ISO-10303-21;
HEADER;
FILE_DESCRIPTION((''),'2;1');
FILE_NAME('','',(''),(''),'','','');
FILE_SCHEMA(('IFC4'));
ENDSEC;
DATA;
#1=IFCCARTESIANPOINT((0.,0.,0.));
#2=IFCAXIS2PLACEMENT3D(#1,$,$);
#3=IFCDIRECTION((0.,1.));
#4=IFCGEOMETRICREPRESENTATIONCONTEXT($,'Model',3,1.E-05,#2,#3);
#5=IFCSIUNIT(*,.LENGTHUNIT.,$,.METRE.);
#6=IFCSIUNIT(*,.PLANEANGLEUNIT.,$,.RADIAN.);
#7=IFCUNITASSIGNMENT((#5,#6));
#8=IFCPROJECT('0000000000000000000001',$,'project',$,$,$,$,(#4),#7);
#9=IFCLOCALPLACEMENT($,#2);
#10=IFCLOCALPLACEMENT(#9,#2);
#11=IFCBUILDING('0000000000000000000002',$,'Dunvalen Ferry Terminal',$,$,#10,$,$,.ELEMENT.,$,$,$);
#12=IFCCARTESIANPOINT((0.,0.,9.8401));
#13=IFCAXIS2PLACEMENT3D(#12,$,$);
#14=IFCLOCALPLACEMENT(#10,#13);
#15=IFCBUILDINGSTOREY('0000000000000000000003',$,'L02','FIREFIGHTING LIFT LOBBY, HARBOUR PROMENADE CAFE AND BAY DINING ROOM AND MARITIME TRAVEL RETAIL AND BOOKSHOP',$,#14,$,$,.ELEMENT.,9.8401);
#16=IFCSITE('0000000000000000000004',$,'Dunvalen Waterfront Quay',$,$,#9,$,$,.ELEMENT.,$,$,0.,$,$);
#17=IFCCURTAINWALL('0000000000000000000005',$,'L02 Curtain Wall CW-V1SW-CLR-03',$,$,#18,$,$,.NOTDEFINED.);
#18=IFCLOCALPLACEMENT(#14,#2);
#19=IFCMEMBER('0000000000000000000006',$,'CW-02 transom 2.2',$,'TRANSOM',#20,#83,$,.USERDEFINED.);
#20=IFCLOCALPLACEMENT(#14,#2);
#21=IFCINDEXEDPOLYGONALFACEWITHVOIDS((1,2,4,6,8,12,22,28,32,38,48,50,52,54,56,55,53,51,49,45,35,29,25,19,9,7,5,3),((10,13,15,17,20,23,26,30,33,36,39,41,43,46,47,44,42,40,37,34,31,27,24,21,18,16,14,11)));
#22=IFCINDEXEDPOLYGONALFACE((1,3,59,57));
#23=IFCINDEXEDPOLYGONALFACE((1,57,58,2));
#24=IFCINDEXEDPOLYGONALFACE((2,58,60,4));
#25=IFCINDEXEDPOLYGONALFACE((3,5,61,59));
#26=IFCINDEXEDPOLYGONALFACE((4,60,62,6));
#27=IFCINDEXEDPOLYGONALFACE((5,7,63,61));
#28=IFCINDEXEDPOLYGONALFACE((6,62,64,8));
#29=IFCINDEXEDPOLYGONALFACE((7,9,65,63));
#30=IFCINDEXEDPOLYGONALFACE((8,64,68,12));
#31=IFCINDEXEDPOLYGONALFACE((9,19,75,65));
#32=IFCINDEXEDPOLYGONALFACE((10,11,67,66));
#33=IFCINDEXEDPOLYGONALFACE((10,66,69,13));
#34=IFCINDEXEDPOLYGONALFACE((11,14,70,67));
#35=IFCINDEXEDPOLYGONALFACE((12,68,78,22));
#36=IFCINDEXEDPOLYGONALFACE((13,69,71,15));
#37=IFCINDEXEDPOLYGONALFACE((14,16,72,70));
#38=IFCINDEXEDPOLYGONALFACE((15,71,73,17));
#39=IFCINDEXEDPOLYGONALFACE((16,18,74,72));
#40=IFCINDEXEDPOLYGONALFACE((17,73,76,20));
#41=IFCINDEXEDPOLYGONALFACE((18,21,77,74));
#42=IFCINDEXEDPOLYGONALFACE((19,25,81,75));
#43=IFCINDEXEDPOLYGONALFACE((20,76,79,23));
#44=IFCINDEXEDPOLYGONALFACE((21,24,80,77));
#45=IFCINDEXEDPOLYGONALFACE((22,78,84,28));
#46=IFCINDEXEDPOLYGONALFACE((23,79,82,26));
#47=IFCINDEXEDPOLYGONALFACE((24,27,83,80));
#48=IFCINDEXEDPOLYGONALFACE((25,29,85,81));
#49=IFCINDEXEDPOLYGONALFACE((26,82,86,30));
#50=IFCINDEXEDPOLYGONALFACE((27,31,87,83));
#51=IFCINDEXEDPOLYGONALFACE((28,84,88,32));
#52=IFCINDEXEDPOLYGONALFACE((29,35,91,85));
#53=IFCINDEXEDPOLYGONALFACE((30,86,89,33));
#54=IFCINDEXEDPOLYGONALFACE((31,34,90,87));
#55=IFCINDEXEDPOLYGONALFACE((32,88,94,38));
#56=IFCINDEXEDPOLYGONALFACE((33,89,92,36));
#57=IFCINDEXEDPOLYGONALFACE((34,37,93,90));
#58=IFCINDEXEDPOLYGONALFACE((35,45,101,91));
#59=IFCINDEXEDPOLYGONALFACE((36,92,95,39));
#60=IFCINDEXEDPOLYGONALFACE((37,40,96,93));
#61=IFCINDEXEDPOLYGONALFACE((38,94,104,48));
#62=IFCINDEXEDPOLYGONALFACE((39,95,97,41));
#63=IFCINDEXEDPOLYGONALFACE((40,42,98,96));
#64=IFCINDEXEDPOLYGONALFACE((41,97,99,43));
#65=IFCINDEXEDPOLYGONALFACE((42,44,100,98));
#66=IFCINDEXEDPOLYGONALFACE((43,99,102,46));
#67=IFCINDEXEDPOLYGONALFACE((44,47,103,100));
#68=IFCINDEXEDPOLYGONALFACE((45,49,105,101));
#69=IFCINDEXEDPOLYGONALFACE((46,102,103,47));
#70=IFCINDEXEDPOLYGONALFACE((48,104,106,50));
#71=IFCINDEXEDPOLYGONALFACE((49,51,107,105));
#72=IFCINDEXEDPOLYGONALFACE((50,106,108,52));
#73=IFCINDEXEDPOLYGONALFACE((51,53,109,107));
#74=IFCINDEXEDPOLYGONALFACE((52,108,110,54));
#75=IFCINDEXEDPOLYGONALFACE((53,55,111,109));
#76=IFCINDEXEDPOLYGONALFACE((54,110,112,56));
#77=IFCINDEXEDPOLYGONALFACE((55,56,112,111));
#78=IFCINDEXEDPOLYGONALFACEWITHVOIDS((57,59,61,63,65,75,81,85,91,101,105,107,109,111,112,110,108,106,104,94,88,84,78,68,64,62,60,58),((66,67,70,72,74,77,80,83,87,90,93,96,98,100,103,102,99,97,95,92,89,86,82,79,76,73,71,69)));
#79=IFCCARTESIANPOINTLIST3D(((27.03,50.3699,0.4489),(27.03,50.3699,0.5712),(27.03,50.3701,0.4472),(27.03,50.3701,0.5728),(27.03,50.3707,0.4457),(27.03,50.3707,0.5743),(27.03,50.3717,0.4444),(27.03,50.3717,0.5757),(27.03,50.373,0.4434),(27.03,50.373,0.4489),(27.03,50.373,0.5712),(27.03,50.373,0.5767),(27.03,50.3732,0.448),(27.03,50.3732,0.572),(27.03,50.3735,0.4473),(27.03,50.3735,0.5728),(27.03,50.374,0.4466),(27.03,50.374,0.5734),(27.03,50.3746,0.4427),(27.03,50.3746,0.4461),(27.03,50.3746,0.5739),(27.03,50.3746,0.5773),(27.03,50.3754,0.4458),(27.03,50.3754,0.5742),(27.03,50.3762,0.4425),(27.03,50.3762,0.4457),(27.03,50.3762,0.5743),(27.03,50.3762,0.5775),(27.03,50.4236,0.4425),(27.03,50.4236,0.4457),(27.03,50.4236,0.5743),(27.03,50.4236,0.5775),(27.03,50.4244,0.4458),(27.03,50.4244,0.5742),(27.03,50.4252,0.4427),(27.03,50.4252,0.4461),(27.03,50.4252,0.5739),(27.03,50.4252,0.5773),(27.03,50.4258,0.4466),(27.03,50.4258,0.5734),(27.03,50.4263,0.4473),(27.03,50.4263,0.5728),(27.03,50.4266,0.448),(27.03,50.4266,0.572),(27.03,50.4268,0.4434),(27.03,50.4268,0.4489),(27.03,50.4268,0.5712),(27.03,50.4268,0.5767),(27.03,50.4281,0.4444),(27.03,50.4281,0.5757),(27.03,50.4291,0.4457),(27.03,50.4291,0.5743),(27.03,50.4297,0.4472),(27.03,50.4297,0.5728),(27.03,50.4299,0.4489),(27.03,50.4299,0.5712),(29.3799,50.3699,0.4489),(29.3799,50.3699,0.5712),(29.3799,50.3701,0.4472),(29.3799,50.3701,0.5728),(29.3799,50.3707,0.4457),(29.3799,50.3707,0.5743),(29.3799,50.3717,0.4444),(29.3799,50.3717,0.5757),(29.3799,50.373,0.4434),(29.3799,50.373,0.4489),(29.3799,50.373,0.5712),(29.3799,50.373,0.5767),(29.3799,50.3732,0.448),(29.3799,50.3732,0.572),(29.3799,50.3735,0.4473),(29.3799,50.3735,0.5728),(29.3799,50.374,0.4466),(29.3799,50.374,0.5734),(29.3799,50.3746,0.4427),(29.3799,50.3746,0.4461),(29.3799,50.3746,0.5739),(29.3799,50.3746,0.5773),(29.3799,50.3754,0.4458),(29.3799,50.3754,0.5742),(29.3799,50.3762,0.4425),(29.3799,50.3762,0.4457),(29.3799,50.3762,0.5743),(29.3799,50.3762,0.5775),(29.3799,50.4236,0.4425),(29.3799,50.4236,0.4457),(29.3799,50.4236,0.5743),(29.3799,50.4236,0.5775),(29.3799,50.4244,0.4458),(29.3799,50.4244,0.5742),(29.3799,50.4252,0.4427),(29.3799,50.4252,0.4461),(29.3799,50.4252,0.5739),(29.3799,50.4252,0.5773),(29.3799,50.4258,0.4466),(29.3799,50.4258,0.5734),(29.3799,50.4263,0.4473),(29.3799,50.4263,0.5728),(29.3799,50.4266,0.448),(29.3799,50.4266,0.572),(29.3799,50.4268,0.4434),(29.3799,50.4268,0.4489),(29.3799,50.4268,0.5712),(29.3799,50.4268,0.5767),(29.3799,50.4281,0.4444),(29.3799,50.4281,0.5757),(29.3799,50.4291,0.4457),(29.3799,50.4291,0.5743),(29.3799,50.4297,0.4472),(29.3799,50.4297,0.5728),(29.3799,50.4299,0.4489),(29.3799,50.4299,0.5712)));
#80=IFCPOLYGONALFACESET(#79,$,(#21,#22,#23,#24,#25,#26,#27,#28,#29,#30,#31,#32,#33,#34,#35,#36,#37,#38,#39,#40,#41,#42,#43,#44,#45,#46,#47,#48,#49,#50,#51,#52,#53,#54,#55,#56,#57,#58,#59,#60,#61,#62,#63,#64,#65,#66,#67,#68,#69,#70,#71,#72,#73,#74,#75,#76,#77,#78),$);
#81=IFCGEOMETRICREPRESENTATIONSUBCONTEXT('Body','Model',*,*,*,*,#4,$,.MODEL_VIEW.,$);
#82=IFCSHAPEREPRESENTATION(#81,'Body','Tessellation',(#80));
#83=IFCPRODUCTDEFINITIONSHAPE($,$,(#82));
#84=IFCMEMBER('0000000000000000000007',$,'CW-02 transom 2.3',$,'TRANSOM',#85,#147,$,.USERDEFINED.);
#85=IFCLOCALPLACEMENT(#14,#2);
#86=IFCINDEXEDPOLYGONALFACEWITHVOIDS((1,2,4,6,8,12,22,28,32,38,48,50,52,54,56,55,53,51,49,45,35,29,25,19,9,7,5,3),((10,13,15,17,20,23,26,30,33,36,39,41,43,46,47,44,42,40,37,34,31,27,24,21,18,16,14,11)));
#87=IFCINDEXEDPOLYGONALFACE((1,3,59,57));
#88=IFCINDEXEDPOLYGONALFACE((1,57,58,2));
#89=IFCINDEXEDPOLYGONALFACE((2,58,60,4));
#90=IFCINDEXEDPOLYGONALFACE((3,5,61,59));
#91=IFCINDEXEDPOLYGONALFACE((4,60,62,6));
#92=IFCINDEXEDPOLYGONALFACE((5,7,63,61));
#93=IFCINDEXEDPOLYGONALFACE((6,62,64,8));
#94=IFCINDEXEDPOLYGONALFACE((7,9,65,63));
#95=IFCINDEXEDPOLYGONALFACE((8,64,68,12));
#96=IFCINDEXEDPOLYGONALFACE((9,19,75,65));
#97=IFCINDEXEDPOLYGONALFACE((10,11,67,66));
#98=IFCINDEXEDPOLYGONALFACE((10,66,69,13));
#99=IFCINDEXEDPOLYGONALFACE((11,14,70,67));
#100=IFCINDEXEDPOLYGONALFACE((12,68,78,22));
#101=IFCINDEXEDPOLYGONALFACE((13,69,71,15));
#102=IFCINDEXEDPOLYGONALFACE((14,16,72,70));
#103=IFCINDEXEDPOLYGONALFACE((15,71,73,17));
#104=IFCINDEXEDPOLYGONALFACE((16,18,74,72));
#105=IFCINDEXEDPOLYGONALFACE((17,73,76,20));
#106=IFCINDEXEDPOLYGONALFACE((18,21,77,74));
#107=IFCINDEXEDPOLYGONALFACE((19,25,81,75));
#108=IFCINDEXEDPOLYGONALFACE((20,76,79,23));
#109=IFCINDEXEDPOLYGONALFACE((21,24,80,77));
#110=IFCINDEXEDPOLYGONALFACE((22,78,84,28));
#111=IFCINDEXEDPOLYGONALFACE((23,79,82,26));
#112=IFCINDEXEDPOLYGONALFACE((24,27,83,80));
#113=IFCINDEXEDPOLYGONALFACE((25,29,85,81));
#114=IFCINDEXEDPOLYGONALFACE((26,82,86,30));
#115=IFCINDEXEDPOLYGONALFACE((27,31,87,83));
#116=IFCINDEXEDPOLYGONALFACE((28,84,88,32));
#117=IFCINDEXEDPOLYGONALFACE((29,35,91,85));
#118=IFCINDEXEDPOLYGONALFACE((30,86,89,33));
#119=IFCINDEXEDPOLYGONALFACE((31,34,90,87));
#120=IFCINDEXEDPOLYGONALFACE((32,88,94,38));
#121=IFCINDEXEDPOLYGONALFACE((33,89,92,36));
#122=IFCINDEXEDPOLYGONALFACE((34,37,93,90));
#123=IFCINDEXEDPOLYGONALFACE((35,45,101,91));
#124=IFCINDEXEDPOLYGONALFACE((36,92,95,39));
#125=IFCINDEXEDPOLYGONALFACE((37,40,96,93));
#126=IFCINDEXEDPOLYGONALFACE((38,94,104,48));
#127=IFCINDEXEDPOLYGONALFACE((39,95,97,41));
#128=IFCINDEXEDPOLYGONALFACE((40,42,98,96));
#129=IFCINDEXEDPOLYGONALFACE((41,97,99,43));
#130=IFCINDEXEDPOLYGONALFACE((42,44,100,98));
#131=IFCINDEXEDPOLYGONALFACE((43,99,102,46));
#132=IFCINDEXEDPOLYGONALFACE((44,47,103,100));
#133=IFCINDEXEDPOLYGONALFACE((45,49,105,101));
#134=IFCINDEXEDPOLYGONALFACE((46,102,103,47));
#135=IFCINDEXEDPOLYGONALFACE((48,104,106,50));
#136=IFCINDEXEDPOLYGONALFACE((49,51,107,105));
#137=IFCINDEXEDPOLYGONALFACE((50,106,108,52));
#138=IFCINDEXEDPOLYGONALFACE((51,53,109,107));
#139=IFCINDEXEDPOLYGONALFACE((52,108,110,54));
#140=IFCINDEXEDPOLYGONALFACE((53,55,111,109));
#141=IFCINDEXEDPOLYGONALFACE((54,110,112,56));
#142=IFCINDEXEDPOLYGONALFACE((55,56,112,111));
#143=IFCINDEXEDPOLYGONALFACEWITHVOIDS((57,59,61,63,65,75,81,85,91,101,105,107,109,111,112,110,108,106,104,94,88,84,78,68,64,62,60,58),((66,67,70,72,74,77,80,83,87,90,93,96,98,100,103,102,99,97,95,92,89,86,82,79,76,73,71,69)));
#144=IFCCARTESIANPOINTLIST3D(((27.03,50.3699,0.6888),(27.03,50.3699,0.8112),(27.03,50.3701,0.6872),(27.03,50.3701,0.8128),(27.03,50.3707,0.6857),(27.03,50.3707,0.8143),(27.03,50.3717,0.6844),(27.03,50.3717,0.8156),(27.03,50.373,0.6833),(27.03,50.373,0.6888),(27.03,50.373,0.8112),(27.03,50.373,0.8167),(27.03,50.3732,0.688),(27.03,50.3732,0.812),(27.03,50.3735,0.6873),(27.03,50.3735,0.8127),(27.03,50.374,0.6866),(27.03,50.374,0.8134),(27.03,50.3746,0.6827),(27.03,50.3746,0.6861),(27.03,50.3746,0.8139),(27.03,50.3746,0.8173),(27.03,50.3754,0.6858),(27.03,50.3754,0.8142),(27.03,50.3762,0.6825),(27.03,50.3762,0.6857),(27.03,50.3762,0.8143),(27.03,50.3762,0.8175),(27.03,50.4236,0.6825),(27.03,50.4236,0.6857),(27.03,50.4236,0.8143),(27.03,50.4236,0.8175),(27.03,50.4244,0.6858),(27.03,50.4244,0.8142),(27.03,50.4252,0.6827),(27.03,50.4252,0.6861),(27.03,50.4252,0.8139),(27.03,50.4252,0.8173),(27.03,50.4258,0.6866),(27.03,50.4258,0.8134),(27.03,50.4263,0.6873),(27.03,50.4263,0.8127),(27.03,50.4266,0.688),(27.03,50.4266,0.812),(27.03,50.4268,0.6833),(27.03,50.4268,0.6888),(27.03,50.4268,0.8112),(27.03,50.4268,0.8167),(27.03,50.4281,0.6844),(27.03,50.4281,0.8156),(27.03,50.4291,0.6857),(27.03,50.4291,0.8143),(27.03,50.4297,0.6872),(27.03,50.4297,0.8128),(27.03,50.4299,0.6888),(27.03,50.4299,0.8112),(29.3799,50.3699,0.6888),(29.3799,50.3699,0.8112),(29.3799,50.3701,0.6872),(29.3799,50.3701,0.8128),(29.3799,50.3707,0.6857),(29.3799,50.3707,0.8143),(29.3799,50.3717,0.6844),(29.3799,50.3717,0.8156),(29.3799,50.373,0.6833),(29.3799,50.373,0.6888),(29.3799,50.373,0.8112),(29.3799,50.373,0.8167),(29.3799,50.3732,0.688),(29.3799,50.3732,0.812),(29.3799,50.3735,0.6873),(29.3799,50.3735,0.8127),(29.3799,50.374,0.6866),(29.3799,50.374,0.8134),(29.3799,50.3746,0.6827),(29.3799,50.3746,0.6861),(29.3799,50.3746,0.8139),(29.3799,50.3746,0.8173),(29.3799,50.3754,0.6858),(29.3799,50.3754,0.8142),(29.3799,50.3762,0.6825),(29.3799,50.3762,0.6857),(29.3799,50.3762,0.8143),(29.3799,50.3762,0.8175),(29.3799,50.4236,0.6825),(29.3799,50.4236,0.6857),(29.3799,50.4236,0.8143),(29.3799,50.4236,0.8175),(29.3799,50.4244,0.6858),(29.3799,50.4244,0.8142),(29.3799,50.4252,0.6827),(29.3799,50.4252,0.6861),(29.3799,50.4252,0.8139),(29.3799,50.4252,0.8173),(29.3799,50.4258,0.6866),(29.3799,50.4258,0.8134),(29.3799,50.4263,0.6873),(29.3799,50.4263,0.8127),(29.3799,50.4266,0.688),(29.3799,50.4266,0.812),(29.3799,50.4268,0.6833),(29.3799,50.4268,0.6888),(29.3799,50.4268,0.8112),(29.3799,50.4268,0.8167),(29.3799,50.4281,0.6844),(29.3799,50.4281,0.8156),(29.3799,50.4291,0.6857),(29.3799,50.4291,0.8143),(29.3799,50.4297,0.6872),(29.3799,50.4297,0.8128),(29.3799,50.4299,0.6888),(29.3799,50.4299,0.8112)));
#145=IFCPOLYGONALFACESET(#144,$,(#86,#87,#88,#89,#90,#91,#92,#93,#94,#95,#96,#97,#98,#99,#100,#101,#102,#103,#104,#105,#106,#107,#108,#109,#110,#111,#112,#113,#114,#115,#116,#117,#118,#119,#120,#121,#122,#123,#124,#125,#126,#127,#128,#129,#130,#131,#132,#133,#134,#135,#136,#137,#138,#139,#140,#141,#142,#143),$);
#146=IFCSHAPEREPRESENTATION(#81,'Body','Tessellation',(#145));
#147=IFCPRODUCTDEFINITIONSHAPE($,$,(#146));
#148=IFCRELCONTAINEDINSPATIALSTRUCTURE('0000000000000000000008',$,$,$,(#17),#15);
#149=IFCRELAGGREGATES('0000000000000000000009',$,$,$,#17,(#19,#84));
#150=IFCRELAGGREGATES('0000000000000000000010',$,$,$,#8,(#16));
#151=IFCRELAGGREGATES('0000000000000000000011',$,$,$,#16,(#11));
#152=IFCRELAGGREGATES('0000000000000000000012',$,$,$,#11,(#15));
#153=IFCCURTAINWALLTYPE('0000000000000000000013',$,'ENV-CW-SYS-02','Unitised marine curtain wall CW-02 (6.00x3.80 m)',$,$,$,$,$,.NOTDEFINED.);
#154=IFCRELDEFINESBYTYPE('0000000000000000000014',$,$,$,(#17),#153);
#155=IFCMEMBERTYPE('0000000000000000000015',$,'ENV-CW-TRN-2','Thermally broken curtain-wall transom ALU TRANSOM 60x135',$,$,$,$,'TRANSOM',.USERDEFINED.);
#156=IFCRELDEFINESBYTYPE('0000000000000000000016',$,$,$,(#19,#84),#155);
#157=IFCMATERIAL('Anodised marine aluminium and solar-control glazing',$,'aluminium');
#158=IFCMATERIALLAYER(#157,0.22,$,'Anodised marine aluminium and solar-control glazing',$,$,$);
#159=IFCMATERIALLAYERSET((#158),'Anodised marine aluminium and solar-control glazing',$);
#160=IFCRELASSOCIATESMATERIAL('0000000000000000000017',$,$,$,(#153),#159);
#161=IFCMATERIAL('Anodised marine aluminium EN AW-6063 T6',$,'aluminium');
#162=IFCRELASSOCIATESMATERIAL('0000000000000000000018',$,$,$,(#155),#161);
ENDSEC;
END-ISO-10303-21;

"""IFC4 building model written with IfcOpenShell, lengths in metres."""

from ifc_helpers import new_model, si_unit, direction, frame, origin, origin_2d, place, context, subcontext, project, spatial, hollow_rectangle, extrude, material, layer, layer_set, material_profile, profile_set, type_object, element, aggregate, save


model = new_model("IFC4")

# Units and contexts
model_context = context("Model", 3, precision=1e-05, world=origin(), true_north=direction((0.0, 1.0)))
body_context = subcontext(model_context, "Body", "Model", "MODEL_VIEW")
ifc_project = project(units=[si_unit("LENGTHUNIT", "METRE"), si_unit("PLANEANGLEUNIT", "RADIAN")], contexts=[model_context])

# Site, building, storey
site_placement = place(None, origin())
site = spatial("IfcSite", under=ifc_project, at=site_placement, Name="Dunvalen Waterfront Quay", CompositionType="ELEMENT", RefElevation=0.0)
building_placement = place(site_placement, origin())
building = spatial("IfcBuilding", under=site, at=building_placement, Name="Dunvalen Ferry Terminal", CompositionType="ELEMENT")
storey_placement = place(building_placement, frame((0.0, 0.0, 9.8401)))
storey = spatial("IfcBuildingStorey", under=building, at=storey_placement, Name="L02", Description="FIREFIGHTING LIFT LOBBY, HARBOUR PROMENADE CAFE AND BAY DINING ROOM AND MARITIME TRAVEL RETAIL AND BOOKSHOP", CompositionType="ELEMENT", Elevation=9.8401)

# Curtain wall
ifc_material_1 = material(Name="Anodised marine aluminium and solar-control glazing", Category="aluminium")
ifc_layer_1 = layer(ifc_material_1, 0.22, Name="Anodised marine aluminium and solar-control glazing")
ifc_layer_set_1 = layer_set([ifc_layer_1], Name="Anodised marine aluminium and solar-control glazing")
curtain_wall_type_1 = type_object("IfcCurtainWallType", Name="ENV-CW-SYS-02", Description="Unitised marine curtain wall CW-02 (6.00x3.80 m)", PredefinedType="NOTDEFINED", material=ifc_layer_set_1)
curtain_wall_1_placement = place(storey_placement, origin())
curtain_wall_1 = element("IfcCurtainWall", 1, at=curtain_wall_1_placement, inside=storey, type_object=curtain_wall_type_1, Name="L02 Curtain Wall CW-V1SW-CLR-03", PredefinedType="NOTDEFINED")
ifc_material_2 = material(Name="Anodised marine aluminium EN AW-6063 T6", Category="aluminium")

# Members
ifc_material_profile_1 = material_profile(ifc_material_2, hollow_rectangle(XDim=0.0601, YDim=0.135, WallThickness=0.0032, InnerFilletRadius=0.0032, OuterFilletRadius=0.0063, at=origin_2d()), Name="Anodised marine aluminium EN AW-6063 T6")
ifc_profile_set_1 = profile_set([ifc_material_profile_1], Name="Anodised marine aluminium EN AW-6063 T6")
member_type_1 = type_object("IfcMemberType", Name="ENV-CW-TRN-2", Description="Thermally broken curtain-wall transom ALU TRANSOM 60x135", ElementType="TRANSOM", PredefinedType="USERDEFINED", material=ifc_profile_set_1)
member_1_placement = place(storey_placement, frame((27.03, 50.3999, 0.51), z_axis=(1.0, 0.0, 0.0), x_axis=(0.0, 1.0, 0.0)))
member_1 = element("IfcMember", 2, at=member_1_placement, type_object=member_type_1, Name="CW-02 transom 2.2", ObjectType="TRANSOM", PredefinedType="USERDEFINED", context=body_context, shape_type="SweptSolid", body=[
    extrude(hollow_rectangle(XDim=0.0601, YDim=0.135, WallThickness=0.0032, InnerFilletRadius=0.0032, OuterFilletRadius=0.0063, at=origin_2d()), origin(), (0.0, 0.0, 1.0), 2.3499),
])
member_2_placement = place(storey_placement, frame((27.03, 50.3999, 0.75), z_axis=(1.0, 0.0, 0.0), x_axis=(0.0, 1.0, 0.0)))
member_2 = element("IfcMember", 3, at=member_2_placement, type_object=member_type_1, Name="CW-02 transom 2.3", ObjectType="TRANSOM", PredefinedType="USERDEFINED", context=body_context, shape_type="SweptSolid", body=[
    extrude(hollow_rectangle(XDim=0.0601, YDim=0.135, WallThickness=0.0032, InnerFilletRadius=0.0032, OuterFilletRadius=0.0063, at=origin_2d()), origin(), (0.0, 0.0, 1.0), 2.3499),
])
aggregate(curtain_wall_1, [member_1, member_2])

save(model, "model.ifc")
